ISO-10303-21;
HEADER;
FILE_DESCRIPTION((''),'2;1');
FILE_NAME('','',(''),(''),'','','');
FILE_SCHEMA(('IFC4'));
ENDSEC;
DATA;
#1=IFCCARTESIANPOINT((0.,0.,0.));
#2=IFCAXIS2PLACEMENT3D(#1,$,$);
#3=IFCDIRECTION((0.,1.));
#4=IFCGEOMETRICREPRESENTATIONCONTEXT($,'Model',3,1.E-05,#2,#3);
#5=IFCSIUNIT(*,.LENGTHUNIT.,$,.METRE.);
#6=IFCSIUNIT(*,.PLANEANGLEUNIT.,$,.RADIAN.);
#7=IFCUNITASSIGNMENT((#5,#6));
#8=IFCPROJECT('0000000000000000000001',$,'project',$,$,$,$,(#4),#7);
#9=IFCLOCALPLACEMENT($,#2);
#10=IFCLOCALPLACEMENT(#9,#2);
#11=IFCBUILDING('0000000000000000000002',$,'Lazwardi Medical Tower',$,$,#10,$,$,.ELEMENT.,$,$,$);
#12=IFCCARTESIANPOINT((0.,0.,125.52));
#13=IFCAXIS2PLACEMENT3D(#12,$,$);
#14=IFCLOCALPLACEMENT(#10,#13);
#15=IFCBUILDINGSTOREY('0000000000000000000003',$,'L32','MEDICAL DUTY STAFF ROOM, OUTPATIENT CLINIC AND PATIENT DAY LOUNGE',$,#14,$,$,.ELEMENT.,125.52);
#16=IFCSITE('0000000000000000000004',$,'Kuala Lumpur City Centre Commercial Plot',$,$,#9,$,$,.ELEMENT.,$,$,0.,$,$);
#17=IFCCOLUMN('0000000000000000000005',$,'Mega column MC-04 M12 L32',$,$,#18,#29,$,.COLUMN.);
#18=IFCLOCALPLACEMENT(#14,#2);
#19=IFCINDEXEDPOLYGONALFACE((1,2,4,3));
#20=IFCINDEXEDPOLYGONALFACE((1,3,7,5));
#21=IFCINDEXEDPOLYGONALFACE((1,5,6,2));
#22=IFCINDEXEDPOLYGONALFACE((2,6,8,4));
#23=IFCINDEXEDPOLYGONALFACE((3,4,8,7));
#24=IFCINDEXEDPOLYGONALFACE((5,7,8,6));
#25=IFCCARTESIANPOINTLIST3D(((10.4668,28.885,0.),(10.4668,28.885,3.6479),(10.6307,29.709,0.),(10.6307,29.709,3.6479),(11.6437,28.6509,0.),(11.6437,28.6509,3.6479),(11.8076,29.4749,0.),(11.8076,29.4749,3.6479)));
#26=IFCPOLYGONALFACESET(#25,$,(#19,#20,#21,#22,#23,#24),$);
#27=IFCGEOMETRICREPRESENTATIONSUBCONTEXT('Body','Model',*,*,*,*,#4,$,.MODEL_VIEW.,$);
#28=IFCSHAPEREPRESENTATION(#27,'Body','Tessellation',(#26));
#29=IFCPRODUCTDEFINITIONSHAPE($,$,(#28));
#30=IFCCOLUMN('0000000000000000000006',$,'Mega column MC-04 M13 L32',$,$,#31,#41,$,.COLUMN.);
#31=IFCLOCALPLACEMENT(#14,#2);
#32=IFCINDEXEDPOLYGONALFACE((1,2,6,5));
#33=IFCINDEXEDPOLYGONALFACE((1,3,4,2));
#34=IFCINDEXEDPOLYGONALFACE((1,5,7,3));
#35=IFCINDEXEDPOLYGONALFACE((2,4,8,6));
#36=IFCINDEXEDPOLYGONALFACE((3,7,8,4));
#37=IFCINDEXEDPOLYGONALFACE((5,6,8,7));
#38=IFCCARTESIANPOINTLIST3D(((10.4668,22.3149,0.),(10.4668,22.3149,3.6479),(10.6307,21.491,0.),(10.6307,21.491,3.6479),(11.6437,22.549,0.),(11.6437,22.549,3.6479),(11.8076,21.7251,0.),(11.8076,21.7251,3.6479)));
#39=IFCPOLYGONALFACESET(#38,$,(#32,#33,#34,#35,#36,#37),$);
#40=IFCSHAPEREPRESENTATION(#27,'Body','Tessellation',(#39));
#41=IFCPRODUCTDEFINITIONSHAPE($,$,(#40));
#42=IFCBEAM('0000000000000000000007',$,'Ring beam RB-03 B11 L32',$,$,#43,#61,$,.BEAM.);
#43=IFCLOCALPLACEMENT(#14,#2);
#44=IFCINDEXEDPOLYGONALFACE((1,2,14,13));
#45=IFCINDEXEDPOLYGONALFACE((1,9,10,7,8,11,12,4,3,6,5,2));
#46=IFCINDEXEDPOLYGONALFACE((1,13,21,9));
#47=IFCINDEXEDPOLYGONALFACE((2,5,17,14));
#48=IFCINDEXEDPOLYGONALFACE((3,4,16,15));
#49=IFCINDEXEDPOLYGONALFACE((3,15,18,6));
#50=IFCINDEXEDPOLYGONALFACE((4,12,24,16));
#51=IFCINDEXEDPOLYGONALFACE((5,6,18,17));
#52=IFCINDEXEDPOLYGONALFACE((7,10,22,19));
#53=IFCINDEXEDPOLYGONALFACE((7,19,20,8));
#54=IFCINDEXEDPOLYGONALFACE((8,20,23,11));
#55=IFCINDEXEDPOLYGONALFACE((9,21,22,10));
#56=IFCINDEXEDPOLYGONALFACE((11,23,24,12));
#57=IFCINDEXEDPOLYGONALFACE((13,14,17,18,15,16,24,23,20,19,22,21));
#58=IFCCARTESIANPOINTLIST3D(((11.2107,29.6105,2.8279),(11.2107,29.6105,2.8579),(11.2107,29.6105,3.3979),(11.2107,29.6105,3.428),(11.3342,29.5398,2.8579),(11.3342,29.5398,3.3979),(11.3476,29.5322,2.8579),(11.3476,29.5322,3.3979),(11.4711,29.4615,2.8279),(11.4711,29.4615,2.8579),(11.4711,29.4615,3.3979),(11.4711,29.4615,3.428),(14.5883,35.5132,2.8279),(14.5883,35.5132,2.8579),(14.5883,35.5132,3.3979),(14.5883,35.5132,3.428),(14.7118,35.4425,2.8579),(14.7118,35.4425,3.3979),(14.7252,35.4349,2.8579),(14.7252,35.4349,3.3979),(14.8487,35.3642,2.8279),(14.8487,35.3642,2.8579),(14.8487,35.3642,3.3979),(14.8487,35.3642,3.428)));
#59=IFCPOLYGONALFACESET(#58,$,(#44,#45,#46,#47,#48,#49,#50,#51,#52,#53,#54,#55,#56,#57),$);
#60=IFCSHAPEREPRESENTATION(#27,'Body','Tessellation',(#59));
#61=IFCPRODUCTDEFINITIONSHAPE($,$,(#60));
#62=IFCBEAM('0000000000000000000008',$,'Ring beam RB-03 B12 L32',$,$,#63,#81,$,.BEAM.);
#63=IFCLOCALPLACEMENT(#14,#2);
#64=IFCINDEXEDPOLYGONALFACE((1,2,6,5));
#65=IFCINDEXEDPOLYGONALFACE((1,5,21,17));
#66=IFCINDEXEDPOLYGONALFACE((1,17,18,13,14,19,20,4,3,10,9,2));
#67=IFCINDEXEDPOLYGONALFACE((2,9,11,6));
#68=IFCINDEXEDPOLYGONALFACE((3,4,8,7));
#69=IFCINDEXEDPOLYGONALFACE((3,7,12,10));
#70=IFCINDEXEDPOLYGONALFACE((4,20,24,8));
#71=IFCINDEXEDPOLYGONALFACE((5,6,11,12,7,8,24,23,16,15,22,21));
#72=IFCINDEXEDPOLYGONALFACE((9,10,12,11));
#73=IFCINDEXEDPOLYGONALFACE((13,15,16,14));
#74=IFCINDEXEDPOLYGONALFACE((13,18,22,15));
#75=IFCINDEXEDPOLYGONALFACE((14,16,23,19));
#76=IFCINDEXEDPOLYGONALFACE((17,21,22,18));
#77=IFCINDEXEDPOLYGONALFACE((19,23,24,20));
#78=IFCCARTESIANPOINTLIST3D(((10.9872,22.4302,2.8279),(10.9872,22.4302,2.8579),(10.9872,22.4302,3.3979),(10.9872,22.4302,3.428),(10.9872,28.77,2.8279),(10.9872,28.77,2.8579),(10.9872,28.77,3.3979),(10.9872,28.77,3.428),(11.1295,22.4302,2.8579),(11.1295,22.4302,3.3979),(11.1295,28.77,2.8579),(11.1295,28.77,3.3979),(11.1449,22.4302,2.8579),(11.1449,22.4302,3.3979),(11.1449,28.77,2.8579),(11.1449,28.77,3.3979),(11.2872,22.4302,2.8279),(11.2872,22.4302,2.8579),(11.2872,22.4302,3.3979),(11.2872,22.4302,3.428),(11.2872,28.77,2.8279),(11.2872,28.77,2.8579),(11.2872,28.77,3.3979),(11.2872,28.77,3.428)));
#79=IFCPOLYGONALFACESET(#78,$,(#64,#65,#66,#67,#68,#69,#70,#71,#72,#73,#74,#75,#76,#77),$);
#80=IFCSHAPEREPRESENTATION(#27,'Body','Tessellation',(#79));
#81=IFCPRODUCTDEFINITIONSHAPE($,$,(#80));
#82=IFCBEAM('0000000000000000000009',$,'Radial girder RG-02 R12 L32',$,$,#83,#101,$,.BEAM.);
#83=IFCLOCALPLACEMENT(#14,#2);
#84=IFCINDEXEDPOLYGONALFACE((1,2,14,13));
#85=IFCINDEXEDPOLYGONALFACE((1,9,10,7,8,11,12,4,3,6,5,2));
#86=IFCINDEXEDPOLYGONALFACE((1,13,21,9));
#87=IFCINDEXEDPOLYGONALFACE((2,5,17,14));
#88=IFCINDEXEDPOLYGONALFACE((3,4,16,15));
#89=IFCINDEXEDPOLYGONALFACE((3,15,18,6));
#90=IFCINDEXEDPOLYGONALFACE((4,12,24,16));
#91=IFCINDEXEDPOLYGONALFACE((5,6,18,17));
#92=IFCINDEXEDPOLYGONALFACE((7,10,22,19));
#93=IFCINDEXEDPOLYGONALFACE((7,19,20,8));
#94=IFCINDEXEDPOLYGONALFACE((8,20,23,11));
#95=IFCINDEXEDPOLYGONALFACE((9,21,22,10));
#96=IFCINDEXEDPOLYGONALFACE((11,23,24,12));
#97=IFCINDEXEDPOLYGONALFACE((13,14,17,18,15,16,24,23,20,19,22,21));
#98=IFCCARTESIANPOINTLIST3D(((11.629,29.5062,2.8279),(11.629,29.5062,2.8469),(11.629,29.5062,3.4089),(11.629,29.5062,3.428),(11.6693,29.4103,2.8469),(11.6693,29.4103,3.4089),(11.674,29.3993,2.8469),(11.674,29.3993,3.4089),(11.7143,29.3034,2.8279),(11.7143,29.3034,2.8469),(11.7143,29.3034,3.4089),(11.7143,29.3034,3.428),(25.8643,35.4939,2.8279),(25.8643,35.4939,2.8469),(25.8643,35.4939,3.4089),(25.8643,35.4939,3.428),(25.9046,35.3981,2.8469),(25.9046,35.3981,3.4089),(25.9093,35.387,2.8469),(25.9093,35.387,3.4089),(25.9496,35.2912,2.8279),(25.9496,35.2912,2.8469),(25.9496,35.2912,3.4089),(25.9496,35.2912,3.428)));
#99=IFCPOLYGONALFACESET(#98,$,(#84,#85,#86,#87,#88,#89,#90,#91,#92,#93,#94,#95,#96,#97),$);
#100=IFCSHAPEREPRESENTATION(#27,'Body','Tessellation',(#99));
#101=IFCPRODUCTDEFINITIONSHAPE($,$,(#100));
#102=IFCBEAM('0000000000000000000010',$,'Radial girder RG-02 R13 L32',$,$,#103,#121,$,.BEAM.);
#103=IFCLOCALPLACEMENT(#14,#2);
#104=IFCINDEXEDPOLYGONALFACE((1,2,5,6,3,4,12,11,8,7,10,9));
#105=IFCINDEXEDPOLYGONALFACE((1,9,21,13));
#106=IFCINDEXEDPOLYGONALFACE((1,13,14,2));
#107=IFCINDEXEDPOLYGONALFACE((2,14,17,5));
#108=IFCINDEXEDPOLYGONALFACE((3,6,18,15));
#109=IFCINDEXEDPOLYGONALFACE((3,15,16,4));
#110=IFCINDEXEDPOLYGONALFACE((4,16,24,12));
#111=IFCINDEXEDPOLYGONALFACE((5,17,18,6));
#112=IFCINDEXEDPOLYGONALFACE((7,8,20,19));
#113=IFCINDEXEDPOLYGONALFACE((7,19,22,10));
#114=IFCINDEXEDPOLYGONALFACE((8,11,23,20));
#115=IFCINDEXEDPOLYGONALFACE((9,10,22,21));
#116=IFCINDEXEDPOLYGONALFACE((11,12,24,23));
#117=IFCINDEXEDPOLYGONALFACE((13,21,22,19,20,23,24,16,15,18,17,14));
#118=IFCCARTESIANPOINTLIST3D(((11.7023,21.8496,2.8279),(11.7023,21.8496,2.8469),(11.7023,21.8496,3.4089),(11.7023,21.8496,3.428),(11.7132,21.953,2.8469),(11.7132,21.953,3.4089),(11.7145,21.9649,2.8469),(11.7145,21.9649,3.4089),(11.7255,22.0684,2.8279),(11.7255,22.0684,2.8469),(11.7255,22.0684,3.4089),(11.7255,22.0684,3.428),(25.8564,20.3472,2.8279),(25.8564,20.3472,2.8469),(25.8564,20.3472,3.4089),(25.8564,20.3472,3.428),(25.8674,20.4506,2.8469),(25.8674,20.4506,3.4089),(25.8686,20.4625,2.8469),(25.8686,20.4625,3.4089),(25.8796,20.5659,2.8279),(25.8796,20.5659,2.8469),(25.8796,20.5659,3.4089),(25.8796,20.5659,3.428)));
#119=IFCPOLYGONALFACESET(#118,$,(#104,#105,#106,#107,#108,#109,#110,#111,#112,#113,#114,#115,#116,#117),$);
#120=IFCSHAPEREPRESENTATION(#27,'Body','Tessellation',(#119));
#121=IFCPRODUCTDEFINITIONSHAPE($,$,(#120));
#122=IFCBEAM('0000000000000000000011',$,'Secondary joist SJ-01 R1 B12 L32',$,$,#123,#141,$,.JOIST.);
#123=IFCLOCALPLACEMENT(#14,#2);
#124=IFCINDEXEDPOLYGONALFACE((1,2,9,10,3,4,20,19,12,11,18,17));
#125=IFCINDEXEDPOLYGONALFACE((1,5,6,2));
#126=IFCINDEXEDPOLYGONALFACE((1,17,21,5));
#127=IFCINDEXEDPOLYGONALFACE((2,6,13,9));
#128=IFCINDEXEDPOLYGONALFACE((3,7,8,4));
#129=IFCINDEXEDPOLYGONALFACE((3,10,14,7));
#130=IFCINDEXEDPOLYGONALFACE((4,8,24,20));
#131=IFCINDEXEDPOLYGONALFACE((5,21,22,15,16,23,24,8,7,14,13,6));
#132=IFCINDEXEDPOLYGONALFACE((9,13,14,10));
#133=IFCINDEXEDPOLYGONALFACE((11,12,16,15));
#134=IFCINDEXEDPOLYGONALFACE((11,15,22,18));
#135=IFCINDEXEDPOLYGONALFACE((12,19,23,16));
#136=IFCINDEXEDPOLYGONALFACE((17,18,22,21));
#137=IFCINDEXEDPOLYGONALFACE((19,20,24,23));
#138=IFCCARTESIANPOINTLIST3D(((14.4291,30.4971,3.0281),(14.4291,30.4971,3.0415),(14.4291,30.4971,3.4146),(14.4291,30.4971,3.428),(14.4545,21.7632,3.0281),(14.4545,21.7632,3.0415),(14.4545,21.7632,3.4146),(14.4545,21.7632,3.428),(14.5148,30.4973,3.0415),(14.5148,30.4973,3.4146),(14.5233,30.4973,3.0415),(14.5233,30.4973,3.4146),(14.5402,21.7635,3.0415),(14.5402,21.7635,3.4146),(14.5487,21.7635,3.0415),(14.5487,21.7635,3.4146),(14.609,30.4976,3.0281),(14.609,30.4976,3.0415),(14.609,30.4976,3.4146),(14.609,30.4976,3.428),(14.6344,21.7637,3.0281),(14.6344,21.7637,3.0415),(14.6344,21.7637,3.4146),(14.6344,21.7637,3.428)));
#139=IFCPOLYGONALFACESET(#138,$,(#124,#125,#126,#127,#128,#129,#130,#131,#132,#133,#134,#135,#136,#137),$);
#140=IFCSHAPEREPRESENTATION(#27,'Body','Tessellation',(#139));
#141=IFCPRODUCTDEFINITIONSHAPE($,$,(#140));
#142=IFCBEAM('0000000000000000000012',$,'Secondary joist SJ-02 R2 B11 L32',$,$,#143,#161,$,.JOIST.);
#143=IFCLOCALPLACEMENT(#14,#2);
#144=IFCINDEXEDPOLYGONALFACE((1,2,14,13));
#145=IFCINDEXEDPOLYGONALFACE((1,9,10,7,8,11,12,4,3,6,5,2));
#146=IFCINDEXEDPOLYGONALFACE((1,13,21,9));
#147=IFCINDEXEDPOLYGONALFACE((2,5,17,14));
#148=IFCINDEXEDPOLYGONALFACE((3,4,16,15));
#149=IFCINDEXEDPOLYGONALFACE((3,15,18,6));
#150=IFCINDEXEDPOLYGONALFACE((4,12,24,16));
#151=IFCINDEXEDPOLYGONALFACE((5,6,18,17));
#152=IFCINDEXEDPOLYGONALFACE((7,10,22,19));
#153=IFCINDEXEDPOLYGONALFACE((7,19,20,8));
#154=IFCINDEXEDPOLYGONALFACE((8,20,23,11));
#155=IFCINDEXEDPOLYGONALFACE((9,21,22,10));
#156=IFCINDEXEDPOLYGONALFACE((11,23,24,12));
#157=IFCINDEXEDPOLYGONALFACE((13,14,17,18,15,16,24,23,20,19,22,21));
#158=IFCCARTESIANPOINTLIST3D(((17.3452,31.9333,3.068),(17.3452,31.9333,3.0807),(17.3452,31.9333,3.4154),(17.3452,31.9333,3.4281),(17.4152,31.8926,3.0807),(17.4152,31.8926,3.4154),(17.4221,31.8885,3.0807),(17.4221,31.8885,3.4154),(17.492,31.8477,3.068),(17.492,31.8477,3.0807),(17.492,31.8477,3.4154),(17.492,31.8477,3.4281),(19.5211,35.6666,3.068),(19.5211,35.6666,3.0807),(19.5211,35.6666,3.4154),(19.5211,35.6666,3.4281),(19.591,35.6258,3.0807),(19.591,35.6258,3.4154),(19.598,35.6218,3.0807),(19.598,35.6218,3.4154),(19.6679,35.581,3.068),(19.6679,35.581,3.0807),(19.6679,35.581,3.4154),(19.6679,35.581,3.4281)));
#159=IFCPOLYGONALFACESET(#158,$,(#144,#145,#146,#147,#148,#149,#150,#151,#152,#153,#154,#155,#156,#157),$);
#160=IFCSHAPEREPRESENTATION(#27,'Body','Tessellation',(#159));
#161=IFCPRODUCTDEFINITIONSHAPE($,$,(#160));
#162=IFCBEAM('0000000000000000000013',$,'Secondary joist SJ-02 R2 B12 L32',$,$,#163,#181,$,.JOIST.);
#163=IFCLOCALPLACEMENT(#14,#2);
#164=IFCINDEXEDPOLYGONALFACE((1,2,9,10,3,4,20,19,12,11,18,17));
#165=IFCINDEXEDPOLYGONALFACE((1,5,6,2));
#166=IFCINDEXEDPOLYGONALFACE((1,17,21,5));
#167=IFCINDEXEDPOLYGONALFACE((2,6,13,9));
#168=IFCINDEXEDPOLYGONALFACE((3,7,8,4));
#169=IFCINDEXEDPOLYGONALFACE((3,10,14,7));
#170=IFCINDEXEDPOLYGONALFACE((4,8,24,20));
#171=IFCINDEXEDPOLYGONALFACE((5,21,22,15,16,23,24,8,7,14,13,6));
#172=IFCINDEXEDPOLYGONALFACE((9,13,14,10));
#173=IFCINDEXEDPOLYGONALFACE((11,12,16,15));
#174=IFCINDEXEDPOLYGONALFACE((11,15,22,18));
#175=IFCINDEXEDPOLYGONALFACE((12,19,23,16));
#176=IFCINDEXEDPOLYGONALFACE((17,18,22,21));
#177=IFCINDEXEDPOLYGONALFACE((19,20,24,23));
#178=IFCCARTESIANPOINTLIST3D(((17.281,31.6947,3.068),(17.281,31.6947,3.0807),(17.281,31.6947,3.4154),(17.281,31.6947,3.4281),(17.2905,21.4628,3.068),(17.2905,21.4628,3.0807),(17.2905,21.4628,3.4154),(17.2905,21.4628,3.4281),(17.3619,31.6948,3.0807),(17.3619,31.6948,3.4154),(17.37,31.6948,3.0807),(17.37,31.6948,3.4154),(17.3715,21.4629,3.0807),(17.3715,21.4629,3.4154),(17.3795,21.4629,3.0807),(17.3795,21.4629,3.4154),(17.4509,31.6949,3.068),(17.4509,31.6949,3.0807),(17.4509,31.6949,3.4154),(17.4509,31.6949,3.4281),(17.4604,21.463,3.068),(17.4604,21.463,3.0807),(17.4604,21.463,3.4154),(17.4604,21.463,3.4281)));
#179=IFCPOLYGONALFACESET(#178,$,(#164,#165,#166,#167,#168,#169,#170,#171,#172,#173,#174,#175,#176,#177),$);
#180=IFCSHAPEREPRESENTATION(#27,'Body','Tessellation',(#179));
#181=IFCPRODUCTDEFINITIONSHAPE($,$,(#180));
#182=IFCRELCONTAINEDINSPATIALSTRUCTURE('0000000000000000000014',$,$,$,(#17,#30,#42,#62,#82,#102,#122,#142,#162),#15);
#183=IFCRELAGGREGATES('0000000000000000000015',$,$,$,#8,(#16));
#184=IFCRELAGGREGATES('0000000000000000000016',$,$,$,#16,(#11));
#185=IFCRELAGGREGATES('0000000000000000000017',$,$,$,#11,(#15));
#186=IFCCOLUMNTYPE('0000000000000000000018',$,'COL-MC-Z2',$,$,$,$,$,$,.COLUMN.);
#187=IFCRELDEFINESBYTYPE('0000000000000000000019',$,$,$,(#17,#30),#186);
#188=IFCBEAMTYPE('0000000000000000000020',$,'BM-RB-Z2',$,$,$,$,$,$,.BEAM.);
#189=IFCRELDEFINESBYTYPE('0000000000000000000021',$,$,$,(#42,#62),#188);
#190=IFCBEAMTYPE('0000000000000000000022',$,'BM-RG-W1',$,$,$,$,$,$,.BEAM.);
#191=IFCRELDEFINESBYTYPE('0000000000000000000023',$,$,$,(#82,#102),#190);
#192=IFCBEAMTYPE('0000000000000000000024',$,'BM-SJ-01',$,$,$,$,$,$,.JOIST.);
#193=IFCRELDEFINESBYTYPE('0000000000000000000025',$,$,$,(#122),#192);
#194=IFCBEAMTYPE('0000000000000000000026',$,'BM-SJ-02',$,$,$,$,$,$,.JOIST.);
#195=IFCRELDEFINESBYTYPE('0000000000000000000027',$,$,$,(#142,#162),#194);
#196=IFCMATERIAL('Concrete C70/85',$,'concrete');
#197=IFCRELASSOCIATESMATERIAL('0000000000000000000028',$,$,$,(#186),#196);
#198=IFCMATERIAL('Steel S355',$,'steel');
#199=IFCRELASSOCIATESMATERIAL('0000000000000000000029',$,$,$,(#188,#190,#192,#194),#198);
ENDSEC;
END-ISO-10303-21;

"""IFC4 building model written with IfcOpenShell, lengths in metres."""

from ifc_helpers import new_model, si_unit, direction, frame, origin, origin_2d, place, context, subcontext, project, spatial, rectangle, i_section, extrude, material, material_profile, profile_set, type_object, element, save


model = new_model("IFC4")

# Units and contexts
model_context = context("Model", 3, precision=1e-05, world=origin(), true_north=direction((0.0, 1.0)))
body_context = subcontext(model_context, "Body", "Model", "MODEL_VIEW")
ifc_project = project(units=[si_unit("LENGTHUNIT", "METRE"), si_unit("PLANEANGLEUNIT", "RADIAN")], contexts=[model_context])

# Site, building, storey
site_placement = place(None, origin())
site = spatial("IfcSite", under=ifc_project, at=site_placement, Name="Kuala Lumpur City Centre Commercial Plot", CompositionType="ELEMENT", RefElevation=0.0)
building_placement = place(site_placement, origin())
building = spatial("IfcBuilding", under=site, at=building_placement, Name="Lazwardi Medical Tower", CompositionType="ELEMENT")
storey_placement = place(building_placement, frame((0.0, 0.0, 125.52)))
storey = spatial("IfcBuildingStorey", under=building, at=storey_placement, Name="L32", Description="MEDICAL DUTY STAFF ROOM, OUTPATIENT CLINIC AND PATIENT DAY LOUNGE", CompositionType="ELEMENT", Elevation=125.52)

# Columns
ifc_material_1 = material(Name="Concrete C70/85", Category="concrete")
ifc_material_profile_1 = material_profile(ifc_material_1, rectangle(XDim=1.2, YDim=0.8401, at=origin_2d()), Name="CFT-RECT 1200x840")
ifc_profile_set_1 = profile_set([ifc_material_profile_1], Name="Concrete C70/85")
column_type = type_object("IfcColumnType", Name="COL-MC-Z2", PredefinedType="COLUMN", material=ifc_profile_set_1)
for number, where, z_axis, x_axis, name in (
    (1, (11.1372, 29.1799, 0.0), (0.0, 0.0, 1.0), (-0.980785, 0.19509, 0.0), "Mega column MC-04 M12 L32"),
    (2, (11.1372, 22.02, 0.0), (0.0, 0.0, 1.0), (-0.980785, -0.19509, 0.0), "Mega column MC-04 M13 L32"),
):
    element("IfcColumn", number, at=place(storey_placement, frame(where, z_axis=z_axis, x_axis=x_axis)), inside=storey, type_object=column_type, Name=name, PredefinedType="COLUMN", context=body_context, shape_type="SweptSolid", body=[
        extrude(rectangle(XDim=1.2, YDim=0.8401, at=origin_2d()), origin(), (0.0, 0.0, 1.0), 3.6479),
    ])

# Beams
ifc_material_2 = material(Name="Steel S355", Category="steel")
ifc_material_profile_2 = material_profile(ifc_material_2, i_section(OverallWidth=0.3, OverallDepth=0.6001, WebThickness=0.0154, FlangeThickness=0.03, at=origin_2d()), Name="HEB 600")
ifc_profile_set_2 = profile_set([ifc_material_profile_2], Name="Steel S355")
beam_type_1 = type_object("IfcBeamType", Name="BM-RB-Z2", PredefinedType="BEAM", material=ifc_profile_set_2)
beam_1_placement = place(storey_placement, frame((14.7185, 35.4387, 3.1279), z_axis=(-0.496653, -0.867949, 0.0), x_axis=(0.867949, -0.496653, 0.0)))
element("IfcBeam", 3, at=beam_1_placement, inside=storey, type_object=beam_type_1, Name="Ring beam RB-03 B11 L32", PredefinedType="BEAM", context=body_context, shape_type="SweptSolid", body=[
    extrude(i_section(OverallWidth=0.3, OverallDepth=0.6001, WebThickness=0.0154, FlangeThickness=0.03, at=origin_2d()), origin(), (0.0, 0.0, 1.0), 6.8008),
])
beam_2_placement = place(storey_placement, frame((11.1372, 28.77, 3.1279), z_axis=(0.0, -1.0, 0.0), x_axis=(1.0, 0.0, 0.0)))
element("IfcBeam", 4, at=beam_2_placement, inside=storey, type_object=beam_type_1, Name="Ring beam RB-03 B12 L32", PredefinedType="BEAM", context=body_context, shape_type="SweptSolid", body=[
    extrude(i_section(OverallWidth=0.3, OverallDepth=0.6001, WebThickness=0.0154, FlangeThickness=0.03, at=origin_2d()), origin(), (0.0, 0.0, 1.0), 6.3398),
])
ifc_material_profile_3 = material_profile(ifc_material_2, i_section(OverallWidth=0.22, OverallDepth=0.6001, WebThickness=0.012, FlangeThickness=0.019, at=origin_2d()), Name="IPE 600")
ifc_profile_set_3 = profile_set([ifc_material_profile_3], Name="Steel S355")
beam_type_2 = type_object("IfcBeamType", Name="BM-RG-W1", PredefinedType="BEAM", material=ifc_profile_set_3)
beam_3_placement = place(storey_placement, frame((11.6716, 29.4048, 3.1279), z_axis=(0.921775, 0.387725, 0.0), x_axis=(-0.387725, 0.921775, 0.0)))
element("IfcBeam", 5, at=beam_3_placement, inside=storey, type_object=beam_type_2, Name="Radial girder RG-02 R12 L32", PredefinedType="BEAM", context=body_context, shape_type="SweptSolid", body=[
    extrude(i_section(OverallWidth=0.22, OverallDepth=0.6001, WebThickness=0.012, FlangeThickness=0.019, at=origin_2d()), origin(), (0.0, 0.0, 1.0), 15.4434),
])
beam_4_placement = place(storey_placement, frame((11.7139, 21.959, 3.1279), z_axis=(0.994413, -0.105556, 0.0), x_axis=(0.105556, 0.994413, 0.0)))
element("IfcBeam", 6, at=beam_4_placement, inside=storey, type_object=beam_type_2, Name="Radial girder RG-02 R13 L32", PredefinedType="BEAM", context=body_context, shape_type="SweptSolid", body=[
    extrude(i_section(OverallWidth=0.22, OverallDepth=0.6001, WebThickness=0.012, FlangeThickness=0.019, at=origin_2d()), origin(), (0.0, 0.0, 1.0), 14.2336),
])
ifc_material_profile_4 = material_profile(ifc_material_2, i_section(OverallWidth=0.1799, OverallDepth=0.3999, WebThickness=0.0085, FlangeThickness=0.0134, at=origin_2d()), Name="IPE 400")
ifc_profile_set_4 = profile_set([ifc_material_profile_4], Name="Steel S355")
beam_type_3 = type_object("IfcBeamType", Name="BM-SJ-01", PredefinedType="JOIST", material=ifc_profile_set_4)
beam_5_placement = place(storey_placement, frame((14.519, 30.4973, 3.228), z_axis=(0.002907, -0.999996, 0.0), x_axis=(0.999996, 0.002907, 0.0)))
element("IfcBeam", 7, at=beam_5_placement, inside=storey, type_object=beam_type_3, Name="Secondary joist SJ-01 R1 B12 L32", PredefinedType="JOIST", context=body_context, shape_type="SweptSolid", body=[
    extrude(i_section(OverallWidth=0.1799, OverallDepth=0.3999, WebThickness=0.0085, FlangeThickness=0.0134, at=origin_2d()), origin(), (0.0, 0.0, 1.0), 8.7339),
])
ifc_material_profile_5 = material_profile(ifc_material_2, i_section(OverallWidth=0.1699, OverallDepth=0.3601, WebThickness=0.0081, FlangeThickness=0.0127, at=origin_2d()), Name="IPE 360")
ifc_profile_set_5 = profile_set([ifc_material_profile_5], Name="Steel S355")
beam_type_4 = type_object("IfcBeamType", Name="BM-SJ-02", PredefinedType="JOIST", material=ifc_profile_set_5)
beam_6_placement = place(storey_placement, frame((19.5945, 35.6238, 3.248), z_axis=(-0.503544, -0.863969, 0.0), x_axis=(0.863969, -0.503544, 0.0)))
element("IfcBeam", 8, at=beam_6_placement, inside=storey, type_object=beam_type_4, Name="Secondary joist SJ-02 R2 B11 L32", PredefinedType="JOIST", context=body_context, shape_type="SweptSolid", body=[
    extrude(i_section(OverallWidth=0.1699, OverallDepth=0.3601, WebThickness=0.0081, FlangeThickness=0.0127, at=origin_2d()), origin(), (0.0, 0.0, 1.0), 4.321),
])
beam_7_placement = place(storey_placement, frame((17.366, 31.6948, 3.248), z_axis=(0.000931, -1.0, 0.0), x_axis=(1.0, 0.000931, 0.0)))
element("IfcBeam", 9, at=beam_7_placement, inside=storey, type_object=beam_type_4, Name="Secondary joist SJ-02 R2 B12 L32", PredefinedType="JOIST", context=body_context, shape_type="SweptSolid", body=[
    extrude(i_section(OverallWidth=0.1699, OverallDepth=0.3601, WebThickness=0.0081, FlangeThickness=0.0127, at=origin_2d()), origin(), (0.0, 0.0, 1.0), 10.2319),
])

save(model, "model.ifc")
